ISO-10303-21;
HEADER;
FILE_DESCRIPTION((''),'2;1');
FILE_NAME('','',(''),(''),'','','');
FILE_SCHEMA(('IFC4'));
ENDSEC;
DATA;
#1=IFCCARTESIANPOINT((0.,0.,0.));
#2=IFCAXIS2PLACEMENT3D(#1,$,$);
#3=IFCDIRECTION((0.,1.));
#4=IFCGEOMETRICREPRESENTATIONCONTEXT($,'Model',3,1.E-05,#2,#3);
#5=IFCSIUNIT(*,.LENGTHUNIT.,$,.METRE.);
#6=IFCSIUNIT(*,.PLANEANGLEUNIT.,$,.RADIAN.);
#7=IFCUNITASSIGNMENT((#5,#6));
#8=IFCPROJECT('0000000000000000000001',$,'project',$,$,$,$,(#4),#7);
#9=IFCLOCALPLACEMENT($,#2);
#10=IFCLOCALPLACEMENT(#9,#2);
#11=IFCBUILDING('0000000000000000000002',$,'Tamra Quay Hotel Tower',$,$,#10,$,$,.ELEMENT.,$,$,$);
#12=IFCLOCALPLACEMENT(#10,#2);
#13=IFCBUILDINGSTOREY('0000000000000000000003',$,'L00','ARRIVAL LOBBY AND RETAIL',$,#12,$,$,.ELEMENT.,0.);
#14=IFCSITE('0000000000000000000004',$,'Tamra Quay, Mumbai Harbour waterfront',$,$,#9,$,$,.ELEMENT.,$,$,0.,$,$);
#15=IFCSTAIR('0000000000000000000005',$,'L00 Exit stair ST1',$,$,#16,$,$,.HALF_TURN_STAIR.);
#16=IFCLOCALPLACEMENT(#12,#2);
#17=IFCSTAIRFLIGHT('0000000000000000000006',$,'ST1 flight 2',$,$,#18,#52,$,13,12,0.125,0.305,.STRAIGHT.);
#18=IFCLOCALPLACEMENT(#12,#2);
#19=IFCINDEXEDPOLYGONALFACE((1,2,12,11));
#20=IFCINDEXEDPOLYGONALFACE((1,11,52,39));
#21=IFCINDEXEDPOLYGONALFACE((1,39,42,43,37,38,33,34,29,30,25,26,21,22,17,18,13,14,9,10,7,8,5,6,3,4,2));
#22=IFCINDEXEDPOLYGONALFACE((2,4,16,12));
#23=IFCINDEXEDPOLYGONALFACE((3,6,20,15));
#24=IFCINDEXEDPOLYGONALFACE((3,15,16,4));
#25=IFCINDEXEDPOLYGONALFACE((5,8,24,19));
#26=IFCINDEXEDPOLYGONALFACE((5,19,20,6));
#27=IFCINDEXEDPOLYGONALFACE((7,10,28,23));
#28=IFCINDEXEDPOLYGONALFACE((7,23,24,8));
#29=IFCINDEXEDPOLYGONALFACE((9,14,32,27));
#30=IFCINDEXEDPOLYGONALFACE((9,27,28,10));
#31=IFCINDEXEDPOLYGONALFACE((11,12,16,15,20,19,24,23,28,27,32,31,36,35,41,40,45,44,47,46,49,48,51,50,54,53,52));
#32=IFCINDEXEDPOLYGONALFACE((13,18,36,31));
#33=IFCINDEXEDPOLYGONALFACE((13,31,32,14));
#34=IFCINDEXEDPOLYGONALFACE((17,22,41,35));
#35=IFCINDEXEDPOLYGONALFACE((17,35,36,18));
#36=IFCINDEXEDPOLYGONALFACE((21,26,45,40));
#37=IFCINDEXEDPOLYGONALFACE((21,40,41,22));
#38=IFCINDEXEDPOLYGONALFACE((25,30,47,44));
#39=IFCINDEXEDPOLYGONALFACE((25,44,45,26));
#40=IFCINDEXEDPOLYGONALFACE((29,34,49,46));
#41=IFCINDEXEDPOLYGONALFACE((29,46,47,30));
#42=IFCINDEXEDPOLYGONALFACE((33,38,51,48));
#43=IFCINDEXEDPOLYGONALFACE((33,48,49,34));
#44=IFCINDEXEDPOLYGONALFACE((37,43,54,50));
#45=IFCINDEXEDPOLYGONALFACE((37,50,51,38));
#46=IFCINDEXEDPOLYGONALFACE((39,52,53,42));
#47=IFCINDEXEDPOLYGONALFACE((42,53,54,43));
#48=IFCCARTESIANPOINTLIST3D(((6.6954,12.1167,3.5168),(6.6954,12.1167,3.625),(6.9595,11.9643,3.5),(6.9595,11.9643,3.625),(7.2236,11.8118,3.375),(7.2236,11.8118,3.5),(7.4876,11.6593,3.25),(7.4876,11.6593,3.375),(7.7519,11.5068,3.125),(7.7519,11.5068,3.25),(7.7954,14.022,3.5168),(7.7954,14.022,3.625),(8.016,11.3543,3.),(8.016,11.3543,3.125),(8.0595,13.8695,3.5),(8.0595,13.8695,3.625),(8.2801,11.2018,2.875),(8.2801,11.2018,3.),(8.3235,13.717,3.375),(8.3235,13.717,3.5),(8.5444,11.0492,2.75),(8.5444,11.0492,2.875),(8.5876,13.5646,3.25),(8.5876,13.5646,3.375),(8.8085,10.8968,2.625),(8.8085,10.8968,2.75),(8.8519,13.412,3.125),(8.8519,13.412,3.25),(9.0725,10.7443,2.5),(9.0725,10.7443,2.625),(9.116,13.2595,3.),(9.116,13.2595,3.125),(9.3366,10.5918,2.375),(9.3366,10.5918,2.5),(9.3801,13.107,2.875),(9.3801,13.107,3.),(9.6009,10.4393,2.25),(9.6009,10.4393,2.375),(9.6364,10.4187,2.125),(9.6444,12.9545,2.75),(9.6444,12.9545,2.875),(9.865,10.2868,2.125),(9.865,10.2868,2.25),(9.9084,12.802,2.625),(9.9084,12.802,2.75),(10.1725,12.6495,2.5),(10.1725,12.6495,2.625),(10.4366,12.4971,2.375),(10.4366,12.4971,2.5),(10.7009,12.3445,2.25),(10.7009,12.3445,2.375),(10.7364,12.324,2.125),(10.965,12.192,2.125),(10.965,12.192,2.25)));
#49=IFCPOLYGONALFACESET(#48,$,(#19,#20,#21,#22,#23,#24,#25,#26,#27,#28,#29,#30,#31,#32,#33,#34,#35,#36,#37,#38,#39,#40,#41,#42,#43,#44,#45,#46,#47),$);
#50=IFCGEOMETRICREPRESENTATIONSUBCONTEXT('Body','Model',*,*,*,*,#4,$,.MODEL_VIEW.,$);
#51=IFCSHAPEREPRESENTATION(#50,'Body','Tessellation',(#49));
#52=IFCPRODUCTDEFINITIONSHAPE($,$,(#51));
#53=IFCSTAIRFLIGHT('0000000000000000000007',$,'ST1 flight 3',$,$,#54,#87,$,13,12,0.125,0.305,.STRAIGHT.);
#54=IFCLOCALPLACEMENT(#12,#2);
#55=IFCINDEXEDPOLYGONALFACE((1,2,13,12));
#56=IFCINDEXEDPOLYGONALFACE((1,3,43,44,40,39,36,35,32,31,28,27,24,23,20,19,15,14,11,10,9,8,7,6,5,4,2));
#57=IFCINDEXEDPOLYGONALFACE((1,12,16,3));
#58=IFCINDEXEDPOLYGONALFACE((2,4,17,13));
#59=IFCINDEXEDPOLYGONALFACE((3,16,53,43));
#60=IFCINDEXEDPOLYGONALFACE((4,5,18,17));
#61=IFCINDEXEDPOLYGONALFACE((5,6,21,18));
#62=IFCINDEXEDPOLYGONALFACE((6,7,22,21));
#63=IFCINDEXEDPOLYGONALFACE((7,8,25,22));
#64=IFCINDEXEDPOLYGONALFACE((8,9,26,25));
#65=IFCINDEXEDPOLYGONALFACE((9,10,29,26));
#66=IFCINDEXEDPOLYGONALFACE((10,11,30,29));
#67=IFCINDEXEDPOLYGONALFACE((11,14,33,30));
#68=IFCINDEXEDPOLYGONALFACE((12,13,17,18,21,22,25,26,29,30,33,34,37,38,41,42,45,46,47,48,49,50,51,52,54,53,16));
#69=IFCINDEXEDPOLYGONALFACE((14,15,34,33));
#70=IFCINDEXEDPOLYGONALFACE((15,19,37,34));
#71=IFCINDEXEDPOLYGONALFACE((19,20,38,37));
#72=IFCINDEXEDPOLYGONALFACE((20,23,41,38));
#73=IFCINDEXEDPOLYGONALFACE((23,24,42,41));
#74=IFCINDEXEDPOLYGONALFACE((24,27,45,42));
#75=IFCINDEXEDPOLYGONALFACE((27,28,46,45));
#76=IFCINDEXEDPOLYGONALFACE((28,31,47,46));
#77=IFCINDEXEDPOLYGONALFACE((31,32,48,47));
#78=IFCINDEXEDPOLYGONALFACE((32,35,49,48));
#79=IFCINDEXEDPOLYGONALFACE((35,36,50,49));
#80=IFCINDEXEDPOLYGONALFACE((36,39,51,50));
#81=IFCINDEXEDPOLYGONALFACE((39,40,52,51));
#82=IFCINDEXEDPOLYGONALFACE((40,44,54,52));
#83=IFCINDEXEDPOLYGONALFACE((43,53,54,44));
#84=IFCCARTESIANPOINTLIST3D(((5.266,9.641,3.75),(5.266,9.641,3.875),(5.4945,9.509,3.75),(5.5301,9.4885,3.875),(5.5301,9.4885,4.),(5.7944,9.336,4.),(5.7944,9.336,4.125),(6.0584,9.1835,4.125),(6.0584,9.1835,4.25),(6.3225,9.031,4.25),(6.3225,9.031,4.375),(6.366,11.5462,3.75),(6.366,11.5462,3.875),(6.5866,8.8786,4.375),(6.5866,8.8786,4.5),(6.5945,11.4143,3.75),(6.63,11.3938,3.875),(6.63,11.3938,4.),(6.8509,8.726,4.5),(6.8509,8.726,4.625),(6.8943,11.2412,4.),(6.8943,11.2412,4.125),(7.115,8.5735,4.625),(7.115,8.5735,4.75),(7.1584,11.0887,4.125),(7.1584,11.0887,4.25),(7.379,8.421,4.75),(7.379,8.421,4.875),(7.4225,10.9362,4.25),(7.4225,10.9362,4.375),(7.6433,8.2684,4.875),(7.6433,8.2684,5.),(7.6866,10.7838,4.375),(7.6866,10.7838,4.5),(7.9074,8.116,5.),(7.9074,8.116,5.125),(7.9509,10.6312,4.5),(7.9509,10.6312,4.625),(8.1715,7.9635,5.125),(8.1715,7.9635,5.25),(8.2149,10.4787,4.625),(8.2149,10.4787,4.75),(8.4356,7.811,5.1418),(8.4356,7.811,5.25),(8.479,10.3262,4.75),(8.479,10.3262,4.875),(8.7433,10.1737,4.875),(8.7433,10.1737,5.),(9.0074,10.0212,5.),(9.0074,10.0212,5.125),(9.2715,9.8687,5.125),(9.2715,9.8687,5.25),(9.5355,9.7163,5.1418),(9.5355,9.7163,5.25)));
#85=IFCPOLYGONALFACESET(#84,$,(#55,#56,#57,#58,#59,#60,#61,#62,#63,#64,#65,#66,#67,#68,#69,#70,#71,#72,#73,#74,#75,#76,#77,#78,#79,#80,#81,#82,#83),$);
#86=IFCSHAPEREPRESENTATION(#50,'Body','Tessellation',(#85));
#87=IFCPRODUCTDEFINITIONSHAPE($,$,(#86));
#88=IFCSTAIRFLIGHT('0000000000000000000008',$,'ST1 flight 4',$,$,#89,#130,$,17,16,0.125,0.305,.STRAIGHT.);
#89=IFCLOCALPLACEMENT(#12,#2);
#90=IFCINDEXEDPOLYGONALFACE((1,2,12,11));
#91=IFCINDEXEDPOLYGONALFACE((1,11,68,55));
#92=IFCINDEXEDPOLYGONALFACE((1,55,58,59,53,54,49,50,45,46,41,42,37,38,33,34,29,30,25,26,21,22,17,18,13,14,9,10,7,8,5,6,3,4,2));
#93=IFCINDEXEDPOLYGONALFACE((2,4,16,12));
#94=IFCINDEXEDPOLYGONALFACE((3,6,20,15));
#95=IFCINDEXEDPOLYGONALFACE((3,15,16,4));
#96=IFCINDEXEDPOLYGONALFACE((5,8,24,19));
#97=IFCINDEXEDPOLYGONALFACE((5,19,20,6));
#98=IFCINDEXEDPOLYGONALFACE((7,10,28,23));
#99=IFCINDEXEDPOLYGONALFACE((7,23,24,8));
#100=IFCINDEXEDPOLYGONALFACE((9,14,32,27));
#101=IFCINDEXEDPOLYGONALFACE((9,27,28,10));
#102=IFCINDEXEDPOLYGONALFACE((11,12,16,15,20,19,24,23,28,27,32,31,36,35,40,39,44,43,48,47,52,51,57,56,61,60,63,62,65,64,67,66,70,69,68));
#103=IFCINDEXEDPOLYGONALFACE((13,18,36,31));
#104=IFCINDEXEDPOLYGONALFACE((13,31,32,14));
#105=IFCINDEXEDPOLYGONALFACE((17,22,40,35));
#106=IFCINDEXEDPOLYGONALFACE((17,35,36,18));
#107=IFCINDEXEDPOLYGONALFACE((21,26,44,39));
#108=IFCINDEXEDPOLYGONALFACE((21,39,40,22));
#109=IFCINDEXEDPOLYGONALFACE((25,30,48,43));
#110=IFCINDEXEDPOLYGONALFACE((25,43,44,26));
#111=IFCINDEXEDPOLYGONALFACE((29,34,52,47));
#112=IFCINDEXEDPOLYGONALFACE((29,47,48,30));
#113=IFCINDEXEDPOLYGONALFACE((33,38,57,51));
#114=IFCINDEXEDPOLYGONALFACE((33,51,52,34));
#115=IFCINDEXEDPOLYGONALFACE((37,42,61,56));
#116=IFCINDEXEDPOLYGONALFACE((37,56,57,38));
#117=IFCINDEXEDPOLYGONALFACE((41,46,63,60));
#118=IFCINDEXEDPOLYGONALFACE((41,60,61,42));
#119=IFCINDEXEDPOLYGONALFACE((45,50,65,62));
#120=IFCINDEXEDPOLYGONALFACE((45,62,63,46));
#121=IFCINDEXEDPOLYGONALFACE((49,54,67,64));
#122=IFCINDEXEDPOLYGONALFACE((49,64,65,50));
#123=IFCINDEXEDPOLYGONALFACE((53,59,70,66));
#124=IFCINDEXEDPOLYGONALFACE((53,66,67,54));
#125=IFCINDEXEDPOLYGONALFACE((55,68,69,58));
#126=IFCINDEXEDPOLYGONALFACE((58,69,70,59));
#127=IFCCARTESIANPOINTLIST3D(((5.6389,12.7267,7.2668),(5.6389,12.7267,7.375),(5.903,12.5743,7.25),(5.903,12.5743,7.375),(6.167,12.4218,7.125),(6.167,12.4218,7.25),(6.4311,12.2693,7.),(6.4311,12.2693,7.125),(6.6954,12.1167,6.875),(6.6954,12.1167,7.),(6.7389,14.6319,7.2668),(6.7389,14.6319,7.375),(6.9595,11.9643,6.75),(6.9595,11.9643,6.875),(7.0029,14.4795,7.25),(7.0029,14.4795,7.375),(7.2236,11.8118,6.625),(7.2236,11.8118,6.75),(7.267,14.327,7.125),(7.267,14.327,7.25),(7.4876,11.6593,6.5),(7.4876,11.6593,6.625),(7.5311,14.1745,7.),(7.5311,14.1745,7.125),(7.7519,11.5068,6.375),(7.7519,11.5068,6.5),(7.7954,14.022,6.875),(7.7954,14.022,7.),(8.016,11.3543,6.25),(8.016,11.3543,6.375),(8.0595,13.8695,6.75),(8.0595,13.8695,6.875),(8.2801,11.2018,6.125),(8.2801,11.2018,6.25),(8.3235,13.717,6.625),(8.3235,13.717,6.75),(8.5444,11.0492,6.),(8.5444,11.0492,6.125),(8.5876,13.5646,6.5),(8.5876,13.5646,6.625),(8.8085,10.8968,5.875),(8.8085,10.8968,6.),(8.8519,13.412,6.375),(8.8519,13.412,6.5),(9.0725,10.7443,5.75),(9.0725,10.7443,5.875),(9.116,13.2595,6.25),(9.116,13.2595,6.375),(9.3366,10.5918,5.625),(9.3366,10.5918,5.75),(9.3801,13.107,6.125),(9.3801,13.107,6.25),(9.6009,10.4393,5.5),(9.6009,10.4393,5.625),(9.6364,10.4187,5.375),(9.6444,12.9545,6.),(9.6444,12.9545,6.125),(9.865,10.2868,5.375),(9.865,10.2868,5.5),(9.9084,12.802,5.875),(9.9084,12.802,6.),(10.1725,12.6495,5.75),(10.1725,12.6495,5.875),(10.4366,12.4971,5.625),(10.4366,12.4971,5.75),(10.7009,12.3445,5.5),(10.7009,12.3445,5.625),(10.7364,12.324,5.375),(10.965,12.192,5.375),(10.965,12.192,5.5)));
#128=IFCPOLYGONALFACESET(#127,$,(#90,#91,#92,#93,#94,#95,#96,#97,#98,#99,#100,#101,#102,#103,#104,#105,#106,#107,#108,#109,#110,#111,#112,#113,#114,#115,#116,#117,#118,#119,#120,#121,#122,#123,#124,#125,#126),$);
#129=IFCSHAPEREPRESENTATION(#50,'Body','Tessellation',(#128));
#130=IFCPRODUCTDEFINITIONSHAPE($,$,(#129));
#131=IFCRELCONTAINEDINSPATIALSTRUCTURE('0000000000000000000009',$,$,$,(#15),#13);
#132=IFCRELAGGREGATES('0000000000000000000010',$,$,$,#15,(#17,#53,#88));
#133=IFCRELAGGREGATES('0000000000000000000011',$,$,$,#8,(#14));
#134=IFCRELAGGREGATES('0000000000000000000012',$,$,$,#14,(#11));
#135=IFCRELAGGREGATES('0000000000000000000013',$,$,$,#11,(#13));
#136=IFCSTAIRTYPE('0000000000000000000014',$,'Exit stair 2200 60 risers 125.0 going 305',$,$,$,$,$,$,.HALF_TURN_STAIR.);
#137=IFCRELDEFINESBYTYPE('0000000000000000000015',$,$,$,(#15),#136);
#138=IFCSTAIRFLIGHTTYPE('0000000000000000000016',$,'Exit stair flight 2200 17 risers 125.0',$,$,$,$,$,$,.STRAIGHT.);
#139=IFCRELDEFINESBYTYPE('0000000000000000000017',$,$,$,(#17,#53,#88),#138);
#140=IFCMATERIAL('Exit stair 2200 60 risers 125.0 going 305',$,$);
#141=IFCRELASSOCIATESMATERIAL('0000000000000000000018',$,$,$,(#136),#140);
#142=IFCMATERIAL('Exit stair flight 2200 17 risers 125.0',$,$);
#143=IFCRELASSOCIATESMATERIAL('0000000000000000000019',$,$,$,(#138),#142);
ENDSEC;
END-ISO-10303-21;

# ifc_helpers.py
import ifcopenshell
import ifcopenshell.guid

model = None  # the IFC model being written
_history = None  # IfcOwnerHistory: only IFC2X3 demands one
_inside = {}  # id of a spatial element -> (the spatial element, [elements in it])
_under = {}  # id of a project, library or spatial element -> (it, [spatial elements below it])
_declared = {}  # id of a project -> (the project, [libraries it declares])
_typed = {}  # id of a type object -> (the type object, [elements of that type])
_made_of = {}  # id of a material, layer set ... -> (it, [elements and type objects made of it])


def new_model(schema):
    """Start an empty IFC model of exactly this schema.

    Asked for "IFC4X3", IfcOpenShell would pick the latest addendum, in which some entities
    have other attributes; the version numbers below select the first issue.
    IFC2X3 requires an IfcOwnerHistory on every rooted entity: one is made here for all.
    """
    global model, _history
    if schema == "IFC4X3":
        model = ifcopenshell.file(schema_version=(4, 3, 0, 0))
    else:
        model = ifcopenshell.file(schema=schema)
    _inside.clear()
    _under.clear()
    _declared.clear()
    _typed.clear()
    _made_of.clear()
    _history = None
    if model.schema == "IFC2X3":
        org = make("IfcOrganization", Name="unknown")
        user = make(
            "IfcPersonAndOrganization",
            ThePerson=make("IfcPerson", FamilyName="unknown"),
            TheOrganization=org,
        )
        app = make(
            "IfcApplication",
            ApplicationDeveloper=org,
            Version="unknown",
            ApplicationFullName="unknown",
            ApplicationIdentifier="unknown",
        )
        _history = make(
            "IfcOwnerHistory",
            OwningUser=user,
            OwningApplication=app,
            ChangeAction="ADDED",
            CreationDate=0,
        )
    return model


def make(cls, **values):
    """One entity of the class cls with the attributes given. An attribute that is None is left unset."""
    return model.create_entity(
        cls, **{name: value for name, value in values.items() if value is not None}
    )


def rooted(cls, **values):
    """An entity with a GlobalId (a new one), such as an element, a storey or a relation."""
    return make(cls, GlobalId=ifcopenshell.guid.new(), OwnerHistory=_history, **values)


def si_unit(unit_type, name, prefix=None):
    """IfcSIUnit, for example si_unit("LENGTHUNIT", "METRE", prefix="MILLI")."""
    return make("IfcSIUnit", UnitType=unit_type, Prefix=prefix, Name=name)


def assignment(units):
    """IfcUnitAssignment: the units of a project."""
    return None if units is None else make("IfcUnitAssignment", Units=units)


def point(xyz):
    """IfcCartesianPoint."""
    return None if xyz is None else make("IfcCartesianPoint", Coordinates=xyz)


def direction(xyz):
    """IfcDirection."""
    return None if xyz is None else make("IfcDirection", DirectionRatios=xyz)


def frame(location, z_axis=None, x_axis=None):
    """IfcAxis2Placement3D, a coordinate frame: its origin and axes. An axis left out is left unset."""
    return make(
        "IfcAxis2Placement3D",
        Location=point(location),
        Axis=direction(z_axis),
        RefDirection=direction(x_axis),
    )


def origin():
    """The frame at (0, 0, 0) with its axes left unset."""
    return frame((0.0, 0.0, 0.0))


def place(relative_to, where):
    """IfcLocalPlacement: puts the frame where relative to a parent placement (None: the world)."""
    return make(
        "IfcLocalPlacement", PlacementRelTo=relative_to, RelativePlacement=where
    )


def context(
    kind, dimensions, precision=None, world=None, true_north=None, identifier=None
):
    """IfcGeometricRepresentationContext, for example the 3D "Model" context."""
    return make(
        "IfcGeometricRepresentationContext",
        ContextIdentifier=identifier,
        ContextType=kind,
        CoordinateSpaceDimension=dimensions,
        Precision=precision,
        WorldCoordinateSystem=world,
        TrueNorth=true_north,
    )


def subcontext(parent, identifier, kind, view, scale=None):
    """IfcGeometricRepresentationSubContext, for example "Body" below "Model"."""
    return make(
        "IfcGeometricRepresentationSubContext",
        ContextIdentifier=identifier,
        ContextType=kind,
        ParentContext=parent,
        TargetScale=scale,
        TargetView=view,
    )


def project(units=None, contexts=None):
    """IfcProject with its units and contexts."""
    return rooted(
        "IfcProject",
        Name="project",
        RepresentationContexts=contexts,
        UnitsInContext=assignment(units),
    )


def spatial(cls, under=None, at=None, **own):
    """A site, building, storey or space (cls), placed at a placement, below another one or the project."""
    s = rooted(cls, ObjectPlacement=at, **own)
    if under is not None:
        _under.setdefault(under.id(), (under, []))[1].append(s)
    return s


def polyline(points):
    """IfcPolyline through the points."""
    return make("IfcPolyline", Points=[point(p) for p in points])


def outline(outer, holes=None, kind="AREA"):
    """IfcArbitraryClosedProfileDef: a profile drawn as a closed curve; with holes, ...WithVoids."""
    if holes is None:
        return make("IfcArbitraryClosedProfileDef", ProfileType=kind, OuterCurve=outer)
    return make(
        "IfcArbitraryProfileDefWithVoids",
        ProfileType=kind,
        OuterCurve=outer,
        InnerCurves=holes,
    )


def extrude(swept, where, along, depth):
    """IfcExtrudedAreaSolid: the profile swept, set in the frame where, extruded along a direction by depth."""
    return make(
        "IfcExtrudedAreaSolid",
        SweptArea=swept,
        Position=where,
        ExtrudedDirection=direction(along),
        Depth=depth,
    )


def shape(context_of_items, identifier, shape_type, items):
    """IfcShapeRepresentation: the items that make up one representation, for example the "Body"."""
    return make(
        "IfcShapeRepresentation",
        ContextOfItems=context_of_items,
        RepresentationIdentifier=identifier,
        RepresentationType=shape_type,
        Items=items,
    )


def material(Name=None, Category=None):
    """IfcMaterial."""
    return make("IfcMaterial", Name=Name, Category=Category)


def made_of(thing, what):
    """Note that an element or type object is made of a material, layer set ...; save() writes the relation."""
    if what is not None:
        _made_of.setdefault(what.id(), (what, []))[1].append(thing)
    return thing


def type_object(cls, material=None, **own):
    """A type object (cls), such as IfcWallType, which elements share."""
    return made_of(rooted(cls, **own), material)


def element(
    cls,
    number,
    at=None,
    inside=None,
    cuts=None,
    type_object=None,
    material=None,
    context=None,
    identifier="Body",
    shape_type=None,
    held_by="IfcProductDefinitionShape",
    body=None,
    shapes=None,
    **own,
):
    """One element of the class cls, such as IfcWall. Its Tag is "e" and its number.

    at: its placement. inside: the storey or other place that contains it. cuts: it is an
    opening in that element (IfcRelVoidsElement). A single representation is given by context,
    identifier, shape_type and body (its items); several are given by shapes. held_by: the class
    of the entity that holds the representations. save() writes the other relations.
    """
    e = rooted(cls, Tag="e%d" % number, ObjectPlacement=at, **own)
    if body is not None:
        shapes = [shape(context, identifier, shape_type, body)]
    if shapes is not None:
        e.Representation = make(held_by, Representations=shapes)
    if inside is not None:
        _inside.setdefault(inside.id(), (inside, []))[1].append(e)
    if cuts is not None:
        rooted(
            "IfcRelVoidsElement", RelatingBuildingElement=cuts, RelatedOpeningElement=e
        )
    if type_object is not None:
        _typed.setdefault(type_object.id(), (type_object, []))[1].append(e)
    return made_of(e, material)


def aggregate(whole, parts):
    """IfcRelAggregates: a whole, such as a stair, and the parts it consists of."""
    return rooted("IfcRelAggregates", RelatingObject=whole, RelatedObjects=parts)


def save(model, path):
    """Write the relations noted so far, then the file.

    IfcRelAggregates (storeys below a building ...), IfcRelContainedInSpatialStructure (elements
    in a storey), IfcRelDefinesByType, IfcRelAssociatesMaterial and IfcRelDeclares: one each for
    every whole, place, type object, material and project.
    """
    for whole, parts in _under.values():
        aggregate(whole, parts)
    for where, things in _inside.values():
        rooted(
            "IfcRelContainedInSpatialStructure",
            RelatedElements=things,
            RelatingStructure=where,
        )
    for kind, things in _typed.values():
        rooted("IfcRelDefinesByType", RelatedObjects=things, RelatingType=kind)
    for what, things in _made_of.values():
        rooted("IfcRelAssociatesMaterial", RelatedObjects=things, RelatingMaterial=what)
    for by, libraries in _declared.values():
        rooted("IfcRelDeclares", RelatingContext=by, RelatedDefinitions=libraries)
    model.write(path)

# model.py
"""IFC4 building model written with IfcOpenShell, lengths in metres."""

from ifc_helpers import new_model, si_unit, direction, frame, origin, place, context, subcontext, project, spatial, polyline, outline, extrude, material, type_object, element, aggregate, save


model = new_model("IFC4")

# Units and contexts
model_context = context("Model", 3, precision=1e-05, world=origin(), true_north=direction((0.0, 1.0)))
body_context = subcontext(model_context, "Body", "Model", "MODEL_VIEW")
ifc_project = project(units=[si_unit("LENGTHUNIT", "METRE"), si_unit("PLANEANGLEUNIT", "RADIAN")], contexts=[model_context])

# Site, building, storey
site_placement = place(None, origin())
site = spatial("IfcSite", under=ifc_project, at=site_placement, Name="Tamra Quay, Mumbai Harbour waterfront", CompositionType="ELEMENT", RefElevation=0.0)
building_placement = place(site_placement, origin())
building = spatial("IfcBuilding", under=site, at=building_placement, Name="Tamra Quay Hotel Tower", CompositionType="ELEMENT")
storey_placement = place(building_placement, origin())
storey = spatial("IfcBuildingStorey", under=building, at=storey_placement, Name="L00", Description="ARRIVAL LOBBY AND RETAIL", CompositionType="ELEMENT", Elevation=0.0)

# Stair, stair flights
ifc_material_1 = material(Name="Exit stair 2200 60 risers 125.0 going 305")
stair_type = type_object("IfcStairType", Name="Exit stair 2200 60 risers 125.0 going 305", PredefinedType="HALF_TURN_STAIR", material=ifc_material_1)
stair_placement = place(storey_placement, origin())
stair = element("IfcStair", 1, at=stair_placement, inside=storey, type_object=stair_type, Name="L00 Exit stair ST1", PredefinedType="HALF_TURN_STAIR")
ifc_material_2 = material(Name="Exit stair flight 2200 17 risers 125.0")
stair_flight_type = type_object("IfcStairFlightType", Name="Exit stair flight 2200 17 risers 125.0", PredefinedType="STRAIGHT", material=ifc_material_2)
stair_flight_1_placement = place(storey_placement, frame((10.415, 11.2395, 2.125), z_axis=(0.0, 0.0, 1.0), x_axis=(-0.866025, 0.5, 0.0)))
stair_flight_1 = element("IfcStairFlight", 2, at=stair_flight_1_placement, type_object=stair_flight_type, Name="ST1 flight 2", NumberOfRisers=13, NumberOfTreads=12, PredefinedType="STRAIGHT", RiserHeight=0.125, TreadLength=0.305, context=body_context, shape_type="SweptSolid", body=[
    extrude(outline(polyline([(0.0, 0.0), (0.0, 0.125), (0.3049, 0.125), (0.3049, 0.25), (0.6101, 0.25), (0.6101, 0.375), (0.915, 0.375), (0.915, 0.5), (1.22, 0.5), (1.22, 0.625), (1.5249, 0.625), (1.5249, 0.75), (1.8301, 0.75), (1.8301, 0.875), (2.135, 0.875), (2.135, 1.0), (2.4399, 1.0), (2.4399, 1.125), (2.7451, 1.125), (2.7451, 1.25), (3.05, 1.25), (3.05, 1.375), (3.355, 1.375), (3.355, 1.5), (3.6599, 1.5), (3.6599, 1.625), (3.6599, 1.3918), (0.2639, 0.0), (0.0, 0.0)])), frame((0.0, 1.1001, 0.0), z_axis=(0.0, -1.0, 0.0), x_axis=(1.0, 0.0, 0.0)), (0.0, 0.0, 1.0), 2.2),
])
stair_flight_2_placement = place(storey_placement, frame((5.8159, 10.5935, 3.75), z_axis=(0.0, 0.0, 1.0), x_axis=(0.866025, -0.5, 0.0)))
stair_flight_2 = element("IfcStairFlight", 3, at=stair_flight_2_placement, type_object=stair_flight_type, Name="ST1 flight 3", NumberOfRisers=13, NumberOfTreads=12, PredefinedType="STRAIGHT", RiserHeight=0.125, TreadLength=0.305, context=body_context, shape_type="SweptSolid", body=[
    extrude(outline(polyline([(0.0, 0.0), (0.0, 0.125), (0.3049, 0.125), (0.3049, 0.25), (0.6101, 0.25), (0.6101, 0.375), (0.915, 0.375), (0.915, 0.5), (1.22, 0.5), (1.22, 0.625), (1.5249, 0.625), (1.5249, 0.75), (1.8301, 0.75), (1.8301, 0.875), (2.135, 0.875), (2.135, 1.0), (2.4399, 1.0), (2.4399, 1.125), (2.7451, 1.125), (2.7451, 1.25), (3.05, 1.25), (3.05, 1.375), (3.355, 1.375), (3.355, 1.5), (3.6599, 1.5), (3.6599, 1.625), (3.6599, 1.3918), (0.2639, 0.0), (0.0, 0.0)])), frame((0.0, 1.1001, 0.0), z_axis=(0.0, -1.0, 0.0), x_axis=(1.0, 0.0, 0.0)), (0.0, 0.0, 1.0), 2.2),
])
stair_flight_3_placement = place(storey_placement, frame((10.415, 11.2395, 5.375), z_axis=(0.0, 0.0, 1.0), x_axis=(-0.866025, 0.5, 0.0)))
stair_flight_3 = element("IfcStairFlight", 4, at=stair_flight_3_placement, type_object=stair_flight_type, Name="ST1 flight 4", NumberOfRisers=17, NumberOfTreads=16, PredefinedType="STRAIGHT", RiserHeight=0.125, TreadLength=0.305, context=body_context, shape_type="SweptSolid", body=[
    extrude(outline(polyline([(0.0, 0.0), (0.0, 0.125), (0.3049, 0.125), (0.3049, 0.25), (0.6101, 0.25), (0.6101, 0.375), (0.915, 0.375), (0.915, 0.5), (1.22, 0.5), (1.22, 0.625), (1.5249, 0.625), (1.5249, 0.75), (1.8301, 0.75), (1.8301, 0.875), (2.135, 0.875), (2.135, 1.0), (2.4399, 1.0), (2.4399, 1.125), (2.7451, 1.125), (2.7451, 1.25), (3.05, 1.25), (3.05, 1.375), (3.355, 1.375), (3.355, 1.5), (3.6599, 1.5), (3.6599, 1.625), (3.9651, 1.625), (3.9651, 1.75), (4.27, 1.75), (4.27, 1.875), (4.575, 1.875), (4.575, 2.0), (4.8799, 2.0), (4.8799, 2.125), (4.8799, 1.8918), (0.2639, 0.0), (0.0, 0.0)])), frame((0.0, 1.1001, 0.0), z_axis=(0.0, -1.0, 0.0), x_axis=(1.0, 0.0, 0.0)), (0.0, 0.0, 1.0), 2.2),
])
aggregate(stair, [stair_flight_1, stair_flight_2, stair_flight_3])

save(model, "model.ifc")
